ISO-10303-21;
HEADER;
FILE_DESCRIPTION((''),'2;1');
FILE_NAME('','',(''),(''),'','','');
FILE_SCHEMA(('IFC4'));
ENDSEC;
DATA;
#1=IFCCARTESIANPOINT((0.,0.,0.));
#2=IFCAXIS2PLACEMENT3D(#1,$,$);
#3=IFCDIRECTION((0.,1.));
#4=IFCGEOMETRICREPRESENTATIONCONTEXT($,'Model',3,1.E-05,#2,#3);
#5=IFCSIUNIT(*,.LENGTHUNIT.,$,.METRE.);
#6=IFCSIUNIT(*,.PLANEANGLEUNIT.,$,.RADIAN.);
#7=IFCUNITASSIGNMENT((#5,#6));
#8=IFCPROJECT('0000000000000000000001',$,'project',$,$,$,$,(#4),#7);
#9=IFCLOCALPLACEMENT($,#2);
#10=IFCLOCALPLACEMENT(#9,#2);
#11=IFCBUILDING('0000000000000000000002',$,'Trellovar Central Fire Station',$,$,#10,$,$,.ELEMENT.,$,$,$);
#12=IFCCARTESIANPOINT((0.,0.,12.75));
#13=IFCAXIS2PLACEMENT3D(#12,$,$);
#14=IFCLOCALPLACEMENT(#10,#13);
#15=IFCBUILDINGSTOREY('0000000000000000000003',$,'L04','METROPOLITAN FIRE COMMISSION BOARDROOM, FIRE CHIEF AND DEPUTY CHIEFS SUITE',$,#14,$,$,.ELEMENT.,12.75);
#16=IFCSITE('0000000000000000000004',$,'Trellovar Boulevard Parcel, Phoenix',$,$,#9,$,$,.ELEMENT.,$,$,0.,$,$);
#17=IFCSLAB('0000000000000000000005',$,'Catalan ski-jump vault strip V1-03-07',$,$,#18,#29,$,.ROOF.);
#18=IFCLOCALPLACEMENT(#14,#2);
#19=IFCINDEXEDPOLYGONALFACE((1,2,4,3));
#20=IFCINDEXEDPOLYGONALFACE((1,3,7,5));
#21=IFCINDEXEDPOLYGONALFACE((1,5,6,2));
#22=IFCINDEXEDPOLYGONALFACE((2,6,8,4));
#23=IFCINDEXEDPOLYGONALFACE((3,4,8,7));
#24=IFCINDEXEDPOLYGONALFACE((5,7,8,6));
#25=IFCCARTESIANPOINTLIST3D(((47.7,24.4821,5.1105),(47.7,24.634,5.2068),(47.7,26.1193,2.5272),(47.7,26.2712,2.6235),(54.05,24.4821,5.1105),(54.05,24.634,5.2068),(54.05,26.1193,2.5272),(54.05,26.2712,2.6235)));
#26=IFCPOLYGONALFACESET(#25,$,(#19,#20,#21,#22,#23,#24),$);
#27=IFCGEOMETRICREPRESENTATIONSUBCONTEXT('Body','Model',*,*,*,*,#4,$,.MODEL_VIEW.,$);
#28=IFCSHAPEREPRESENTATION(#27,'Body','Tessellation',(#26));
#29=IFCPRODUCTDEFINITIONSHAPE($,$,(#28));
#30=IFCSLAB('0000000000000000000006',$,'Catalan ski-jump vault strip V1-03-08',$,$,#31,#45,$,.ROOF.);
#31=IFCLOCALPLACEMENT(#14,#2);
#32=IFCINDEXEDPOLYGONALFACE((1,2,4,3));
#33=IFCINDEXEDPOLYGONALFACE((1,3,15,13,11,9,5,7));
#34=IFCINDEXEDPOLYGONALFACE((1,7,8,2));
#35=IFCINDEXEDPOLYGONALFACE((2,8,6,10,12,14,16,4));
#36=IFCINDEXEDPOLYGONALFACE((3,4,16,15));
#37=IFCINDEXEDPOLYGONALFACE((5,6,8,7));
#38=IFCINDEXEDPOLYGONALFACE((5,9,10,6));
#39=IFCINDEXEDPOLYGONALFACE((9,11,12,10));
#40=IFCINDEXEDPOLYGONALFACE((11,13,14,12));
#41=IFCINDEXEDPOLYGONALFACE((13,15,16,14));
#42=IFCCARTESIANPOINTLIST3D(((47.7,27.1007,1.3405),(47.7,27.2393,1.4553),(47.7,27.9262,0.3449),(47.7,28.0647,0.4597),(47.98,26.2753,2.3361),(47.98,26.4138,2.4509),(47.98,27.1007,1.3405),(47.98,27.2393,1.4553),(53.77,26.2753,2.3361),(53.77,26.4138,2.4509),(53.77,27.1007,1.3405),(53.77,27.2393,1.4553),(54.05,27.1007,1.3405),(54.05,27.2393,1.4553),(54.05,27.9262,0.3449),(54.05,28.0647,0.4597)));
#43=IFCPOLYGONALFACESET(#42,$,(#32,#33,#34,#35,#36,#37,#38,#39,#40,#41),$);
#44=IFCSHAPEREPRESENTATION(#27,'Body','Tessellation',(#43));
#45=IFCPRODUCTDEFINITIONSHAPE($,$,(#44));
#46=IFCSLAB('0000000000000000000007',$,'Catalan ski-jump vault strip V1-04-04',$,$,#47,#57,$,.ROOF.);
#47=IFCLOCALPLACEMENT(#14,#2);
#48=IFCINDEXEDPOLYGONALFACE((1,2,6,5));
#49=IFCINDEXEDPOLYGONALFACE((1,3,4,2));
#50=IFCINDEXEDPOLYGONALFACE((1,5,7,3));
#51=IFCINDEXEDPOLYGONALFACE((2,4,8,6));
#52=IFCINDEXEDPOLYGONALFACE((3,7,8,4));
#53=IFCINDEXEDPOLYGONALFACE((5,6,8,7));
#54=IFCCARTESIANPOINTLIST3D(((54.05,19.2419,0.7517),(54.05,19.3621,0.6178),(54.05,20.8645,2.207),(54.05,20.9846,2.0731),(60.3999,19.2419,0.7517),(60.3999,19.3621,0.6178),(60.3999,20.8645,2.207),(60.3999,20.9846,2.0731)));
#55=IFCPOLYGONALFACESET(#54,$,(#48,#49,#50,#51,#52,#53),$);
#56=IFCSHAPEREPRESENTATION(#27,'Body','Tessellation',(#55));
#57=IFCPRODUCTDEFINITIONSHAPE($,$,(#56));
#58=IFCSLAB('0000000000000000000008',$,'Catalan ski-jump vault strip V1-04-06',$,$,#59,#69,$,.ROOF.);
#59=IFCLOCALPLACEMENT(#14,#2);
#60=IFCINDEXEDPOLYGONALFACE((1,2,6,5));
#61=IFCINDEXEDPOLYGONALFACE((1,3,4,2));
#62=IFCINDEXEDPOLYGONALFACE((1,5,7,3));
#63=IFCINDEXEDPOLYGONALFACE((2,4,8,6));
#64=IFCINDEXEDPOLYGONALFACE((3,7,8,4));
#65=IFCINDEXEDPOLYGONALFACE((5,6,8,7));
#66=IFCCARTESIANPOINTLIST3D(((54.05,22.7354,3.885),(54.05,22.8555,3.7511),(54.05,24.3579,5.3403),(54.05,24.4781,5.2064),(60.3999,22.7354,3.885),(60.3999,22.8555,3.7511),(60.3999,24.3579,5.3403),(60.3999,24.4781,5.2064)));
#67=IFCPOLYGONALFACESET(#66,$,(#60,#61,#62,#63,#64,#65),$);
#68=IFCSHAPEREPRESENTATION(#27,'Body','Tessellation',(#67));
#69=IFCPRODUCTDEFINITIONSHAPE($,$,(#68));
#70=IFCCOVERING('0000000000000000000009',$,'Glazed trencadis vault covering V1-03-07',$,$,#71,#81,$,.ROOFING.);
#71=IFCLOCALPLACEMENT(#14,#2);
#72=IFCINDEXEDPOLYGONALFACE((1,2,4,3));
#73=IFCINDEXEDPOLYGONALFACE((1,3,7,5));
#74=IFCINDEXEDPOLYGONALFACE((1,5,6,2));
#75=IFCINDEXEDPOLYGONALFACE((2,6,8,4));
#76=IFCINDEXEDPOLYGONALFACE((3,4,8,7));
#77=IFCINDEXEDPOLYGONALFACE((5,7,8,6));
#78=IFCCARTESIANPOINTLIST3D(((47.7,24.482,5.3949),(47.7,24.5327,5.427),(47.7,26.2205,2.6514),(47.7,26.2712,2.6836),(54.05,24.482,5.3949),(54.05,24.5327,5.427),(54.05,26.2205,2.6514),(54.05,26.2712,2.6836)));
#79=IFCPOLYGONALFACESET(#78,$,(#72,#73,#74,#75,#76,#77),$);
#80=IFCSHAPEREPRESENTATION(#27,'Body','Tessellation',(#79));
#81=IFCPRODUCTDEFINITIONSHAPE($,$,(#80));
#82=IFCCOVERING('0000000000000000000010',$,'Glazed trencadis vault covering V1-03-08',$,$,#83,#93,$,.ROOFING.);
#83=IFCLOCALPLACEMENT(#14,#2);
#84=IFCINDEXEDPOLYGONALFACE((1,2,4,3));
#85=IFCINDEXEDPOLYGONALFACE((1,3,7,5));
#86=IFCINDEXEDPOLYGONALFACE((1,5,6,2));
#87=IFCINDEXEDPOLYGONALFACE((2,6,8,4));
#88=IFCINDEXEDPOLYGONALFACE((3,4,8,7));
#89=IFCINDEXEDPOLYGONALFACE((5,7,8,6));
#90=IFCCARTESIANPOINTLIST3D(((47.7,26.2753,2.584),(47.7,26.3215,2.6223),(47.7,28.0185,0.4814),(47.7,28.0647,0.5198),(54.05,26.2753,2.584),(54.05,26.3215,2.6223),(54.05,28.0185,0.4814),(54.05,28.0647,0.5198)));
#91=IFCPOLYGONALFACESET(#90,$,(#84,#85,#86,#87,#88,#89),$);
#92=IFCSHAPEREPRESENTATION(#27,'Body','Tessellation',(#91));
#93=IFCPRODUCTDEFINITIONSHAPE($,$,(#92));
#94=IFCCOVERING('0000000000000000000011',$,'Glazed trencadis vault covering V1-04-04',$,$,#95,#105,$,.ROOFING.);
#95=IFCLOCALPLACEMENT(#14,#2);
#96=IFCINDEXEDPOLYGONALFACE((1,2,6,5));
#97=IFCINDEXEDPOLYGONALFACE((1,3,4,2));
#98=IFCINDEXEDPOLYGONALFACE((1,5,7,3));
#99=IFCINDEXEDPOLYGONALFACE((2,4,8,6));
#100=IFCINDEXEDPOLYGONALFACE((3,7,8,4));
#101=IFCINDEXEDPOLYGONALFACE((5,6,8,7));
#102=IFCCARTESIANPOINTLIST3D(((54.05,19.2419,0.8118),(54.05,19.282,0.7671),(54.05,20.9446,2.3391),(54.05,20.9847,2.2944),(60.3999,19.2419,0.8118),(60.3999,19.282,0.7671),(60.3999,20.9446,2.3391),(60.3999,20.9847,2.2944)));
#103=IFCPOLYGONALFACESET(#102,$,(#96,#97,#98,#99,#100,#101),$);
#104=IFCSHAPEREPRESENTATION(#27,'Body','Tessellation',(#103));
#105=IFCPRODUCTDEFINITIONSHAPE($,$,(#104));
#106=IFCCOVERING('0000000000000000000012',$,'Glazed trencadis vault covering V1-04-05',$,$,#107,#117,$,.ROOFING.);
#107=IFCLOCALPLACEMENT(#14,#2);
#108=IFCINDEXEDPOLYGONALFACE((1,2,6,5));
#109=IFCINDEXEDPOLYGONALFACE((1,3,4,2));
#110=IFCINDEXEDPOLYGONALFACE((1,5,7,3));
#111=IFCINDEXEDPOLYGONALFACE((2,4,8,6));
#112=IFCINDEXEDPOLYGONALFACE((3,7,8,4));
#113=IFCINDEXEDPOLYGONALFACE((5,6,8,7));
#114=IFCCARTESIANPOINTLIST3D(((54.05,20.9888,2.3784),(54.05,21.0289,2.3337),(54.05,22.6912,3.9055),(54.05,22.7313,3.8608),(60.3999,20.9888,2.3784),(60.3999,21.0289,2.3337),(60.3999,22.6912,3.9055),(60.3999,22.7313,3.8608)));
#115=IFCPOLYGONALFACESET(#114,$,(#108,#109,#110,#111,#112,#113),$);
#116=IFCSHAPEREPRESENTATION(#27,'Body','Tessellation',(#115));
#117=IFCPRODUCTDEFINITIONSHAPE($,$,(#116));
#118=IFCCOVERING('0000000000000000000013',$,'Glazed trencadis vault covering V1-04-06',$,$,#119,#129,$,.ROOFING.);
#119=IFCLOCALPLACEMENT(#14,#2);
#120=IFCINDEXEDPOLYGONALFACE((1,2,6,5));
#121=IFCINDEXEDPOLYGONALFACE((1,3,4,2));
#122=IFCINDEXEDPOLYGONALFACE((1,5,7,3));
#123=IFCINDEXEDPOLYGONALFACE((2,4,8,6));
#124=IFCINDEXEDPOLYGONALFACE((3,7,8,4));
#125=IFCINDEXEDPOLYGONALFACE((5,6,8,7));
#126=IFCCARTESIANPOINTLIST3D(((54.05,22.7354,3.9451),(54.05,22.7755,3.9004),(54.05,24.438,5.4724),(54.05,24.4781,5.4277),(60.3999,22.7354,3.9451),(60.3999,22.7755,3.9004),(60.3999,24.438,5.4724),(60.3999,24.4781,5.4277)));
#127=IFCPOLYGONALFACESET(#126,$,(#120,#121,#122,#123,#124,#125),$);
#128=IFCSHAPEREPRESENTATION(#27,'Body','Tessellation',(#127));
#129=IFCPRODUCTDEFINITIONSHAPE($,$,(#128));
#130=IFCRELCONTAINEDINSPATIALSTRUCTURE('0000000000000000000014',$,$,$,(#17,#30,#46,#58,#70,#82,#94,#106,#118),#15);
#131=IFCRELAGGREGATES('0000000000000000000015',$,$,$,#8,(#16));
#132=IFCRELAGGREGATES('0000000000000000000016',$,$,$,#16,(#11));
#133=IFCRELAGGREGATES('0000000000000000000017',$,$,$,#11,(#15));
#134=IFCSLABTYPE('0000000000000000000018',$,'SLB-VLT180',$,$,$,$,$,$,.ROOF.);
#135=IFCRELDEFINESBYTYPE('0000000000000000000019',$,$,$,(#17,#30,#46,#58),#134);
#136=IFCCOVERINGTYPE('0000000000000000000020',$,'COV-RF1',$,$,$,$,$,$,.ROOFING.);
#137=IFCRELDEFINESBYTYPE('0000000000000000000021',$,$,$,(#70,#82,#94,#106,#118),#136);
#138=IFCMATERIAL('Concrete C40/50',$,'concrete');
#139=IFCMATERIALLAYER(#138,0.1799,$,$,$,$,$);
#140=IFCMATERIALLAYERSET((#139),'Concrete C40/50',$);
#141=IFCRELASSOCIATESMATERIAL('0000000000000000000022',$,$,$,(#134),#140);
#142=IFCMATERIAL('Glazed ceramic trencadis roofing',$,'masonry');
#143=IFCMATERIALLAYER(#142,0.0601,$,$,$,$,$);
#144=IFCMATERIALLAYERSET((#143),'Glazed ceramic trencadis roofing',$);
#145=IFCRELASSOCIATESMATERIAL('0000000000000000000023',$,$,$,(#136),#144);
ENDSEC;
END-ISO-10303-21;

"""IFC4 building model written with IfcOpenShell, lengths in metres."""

from ifc_helpers import new_model, si_unit, direction, frame, origin, place, context, subcontext, project, spatial, polyline, outline, extrude, material, layer, layer_set, type_object, element, save


model = new_model("IFC4")

# Units and contexts
model_context = context("Model", 3, precision=1e-05, world=origin(), true_north=direction((0.0, 1.0)))
body_context = subcontext(model_context, "Body", "Model", "MODEL_VIEW")
ifc_project = project(units=[si_unit("LENGTHUNIT", "METRE"), si_unit("PLANEANGLEUNIT", "RADIAN")], contexts=[model_context])

# Site, building, storey
site_placement = place(None, origin())
site = spatial("IfcSite", under=ifc_project, at=site_placement, Name="Trellovar Boulevard Parcel, Phoenix", CompositionType="ELEMENT", RefElevation=0.0)
building_placement = place(site_placement, origin())
building = spatial("IfcBuilding", under=site, at=building_placement, Name="Trellovar Central Fire Station", CompositionType="ELEMENT")
storey_placement = place(building_placement, frame((0.0, 0.0, 12.75)))
storey = spatial("IfcBuildingStorey", under=building, at=storey_placement, Name="L04", Description="METROPOLITAN FIRE COMMISSION BOARDROOM, FIRE CHIEF AND DEPUTY CHIEFS SUITE", CompositionType="ELEMENT", Elevation=12.75)

# Slabs
ifc_material_1 = material(Name="Concrete C40/50", Category="concrete")
ifc_layer_1 = layer(ifc_material_1, 0.1799)
ifc_layer_set_1 = layer_set([ifc_layer_1], Name="Concrete C40/50")
slab_type = type_object("IfcSlabType", Name="SLB-VLT180", PredefinedType="ROOF", material=ifc_layer_set_1)
slab_1_placement = place(storey_placement, frame((47.7, 24.634, 5.2068), z_axis=(0.0, 0.844649, 0.53532), x_axis=(1.0, 0.0, 0.0)))
element("IfcSlab", 1, at=slab_1_placement, inside=storey, type_object=slab_type, Name="Catalan ski-jump vault strip V1-03-07", PredefinedType="ROOF", context=body_context, shape_type="SweptSolid", body=[
    extrude(outline(polyline([(0.0, 0.0), (6.3501, 0.0), (6.3501, 3.0584), (0.0, 3.0584), (0.0, 0.0)])), origin(), (0.0, 0.0, -1.0), 0.1799),
])
slab_2_placement = place(storey_placement, frame((47.98, 26.4138, 2.4509), z_axis=(0.0, 0.769828, 0.638251), x_axis=(1.0, 0.0, 0.0)))
element("IfcSlab", 2, at=slab_2_placement, inside=storey, type_object=slab_type, Name="Catalan ski-jump vault strip V1-03-08", PredefinedType="ROOF", context=body_context, shape_type="SweptSolid", body=[
    extrude(outline(polyline([(0.0, 0.0), (5.79, 0.0), (5.79, 1.2933), (6.0701, 1.2933), (6.0701, 2.5866), (-0.28, 2.5866), (-0.28, 1.2933), (0.0, 1.2933), (0.0, 0.0)])), origin(), (0.0, 0.0, -1.0), 0.1799),
])
for number, where, z_axis, x_axis, name in (
    (3, (54.05, 19.2419, 0.7517), (0.0, -0.667701, 0.744429), (1.0, 0.0, 0.0), "Catalan ski-jump vault strip V1-04-04"),
    (4, (54.05, 22.7354, 3.885), (0.0, -0.667701, 0.744429), (1.0, 0.0, 0.0), "Catalan ski-jump vault strip V1-04-06"),
):
    element("IfcSlab", number, at=place(storey_placement, frame(where, z_axis=z_axis, x_axis=x_axis)), inside=storey, type_object=slab_type, Name=name, PredefinedType="ROOF", context=body_context, shape_type="SweptSolid", body=[
        extrude(outline(polyline([(0.0, 0.0), (6.3499, 0.0), (6.3499, 2.1796), (0.0, 2.1796), (0.0, 0.0)])), origin(), (0.0, 0.0, -1.0), 0.1799),
    ])

# Coverings
ifc_material_2 = material(Name="Glazed ceramic trencadis roofing", Category="masonry")
ifc_layer_2 = layer(ifc_material_2, 0.0601)
ifc_layer_set_2 = layer_set([ifc_layer_2], Name="Glazed ceramic trencadis roofing")
covering_type = type_object("IfcCoveringType", Name="COV-RF1", PredefinedType="ROOFING", material=ifc_layer_set_2)
covering_1_placement = place(storey_placement, frame((47.7, 24.5327, 5.427), z_axis=(0.0, 0.844675, 0.535279), x_axis=(1.0, 0.0, 0.0)))
element("IfcCovering", 5, at=covering_1_placement, inside=storey, type_object=covering_type, Name="Glazed trencadis vault covering V1-03-07", PredefinedType="ROOFING", context=body_context, shape_type="SweptSolid", body=[
    extrude(outline(polyline([(0.0, 0.0), (6.3501, 0.0), (6.3501, 3.2479), (0.0, 3.2479), (0.0, 0.0)])), origin(), (0.0, 0.0, -1.0), 0.0601),
])
covering_2_placement = place(storey_placement, frame((47.7, 26.3215, 2.6223), z_axis=(0.0, 0.769831, 0.638248), x_axis=(1.0, 0.0, 0.0)))
element("IfcCovering", 6, at=covering_2_placement, inside=storey, type_object=covering_type, Name="Glazed trencadis vault covering V1-03-08", PredefinedType="ROOFING", context=body_context, shape_type="SweptSolid", body=[
    extrude(outline(polyline([(0.0, 0.0), (6.3501, 0.0), (6.3501, 2.7312), (0.0, 2.7312), (0.0, 0.0)])), origin(), (0.0, 0.0, -1.0), 0.0601),
])
covering_3_placement = place(storey_placement, frame((54.05, 19.2419, 0.8118), z_axis=(0.0, -0.667749, 0.744386), x_axis=(1.0, 0.0, 0.0)))
element("IfcCovering", 7, at=covering_3_placement, inside=storey, type_object=covering_type, Name="Glazed trencadis vault covering V1-04-04", PredefinedType="ROOFING", context=body_context, shape_type="SweptSolid", body=[
    extrude(outline(polyline([(0.0, 0.0), (6.3499, 0.0), (6.3499, 2.2873), (0.0, 2.2873), (0.0, 0.0)])), origin(), (0.0, 0.0, -1.0), 0.0601),
])
covering_4_placement = place(storey_placement, frame((54.05, 20.9888, 2.3784), z_axis=(0.0, -0.667743, 0.744392), x_axis=(1.0, 0.0, 0.0)))
element("IfcCovering", 8, at=covering_4_placement, inside=storey, type_object=covering_type, Name="Glazed trencadis vault covering V1-04-05", PredefinedType="ROOFING", context=body_context, shape_type="SweptSolid", body=[
    extrude(outline(polyline([(0.0, 0.0), (6.3499, 0.0), (6.3499, 2.287), (0.0, 2.287), (0.0, 0.0)])), origin(), (0.0, 0.0, -1.0), 0.0601),
])
covering_5_placement = place(storey_placement, frame((54.05, 22.7354, 3.9451), z_axis=(0.0, -0.667749, 0.744386), x_axis=(1.0, 0.0, 0.0)))
element("IfcCovering", 9, at=covering_5_placement, inside=storey, type_object=covering_type, Name="Glazed trencadis vault covering V1-04-06", PredefinedType="ROOFING", context=body_context, shape_type="SweptSolid", body=[
    extrude(outline(polyline([(0.0, 0.0), (6.3499, 0.0), (6.3499, 2.2873), (0.0, 2.2873), (0.0, 0.0)])), origin(), (0.0, 0.0, -1.0), 0.0601),
])

save(model, "model.ifc")
